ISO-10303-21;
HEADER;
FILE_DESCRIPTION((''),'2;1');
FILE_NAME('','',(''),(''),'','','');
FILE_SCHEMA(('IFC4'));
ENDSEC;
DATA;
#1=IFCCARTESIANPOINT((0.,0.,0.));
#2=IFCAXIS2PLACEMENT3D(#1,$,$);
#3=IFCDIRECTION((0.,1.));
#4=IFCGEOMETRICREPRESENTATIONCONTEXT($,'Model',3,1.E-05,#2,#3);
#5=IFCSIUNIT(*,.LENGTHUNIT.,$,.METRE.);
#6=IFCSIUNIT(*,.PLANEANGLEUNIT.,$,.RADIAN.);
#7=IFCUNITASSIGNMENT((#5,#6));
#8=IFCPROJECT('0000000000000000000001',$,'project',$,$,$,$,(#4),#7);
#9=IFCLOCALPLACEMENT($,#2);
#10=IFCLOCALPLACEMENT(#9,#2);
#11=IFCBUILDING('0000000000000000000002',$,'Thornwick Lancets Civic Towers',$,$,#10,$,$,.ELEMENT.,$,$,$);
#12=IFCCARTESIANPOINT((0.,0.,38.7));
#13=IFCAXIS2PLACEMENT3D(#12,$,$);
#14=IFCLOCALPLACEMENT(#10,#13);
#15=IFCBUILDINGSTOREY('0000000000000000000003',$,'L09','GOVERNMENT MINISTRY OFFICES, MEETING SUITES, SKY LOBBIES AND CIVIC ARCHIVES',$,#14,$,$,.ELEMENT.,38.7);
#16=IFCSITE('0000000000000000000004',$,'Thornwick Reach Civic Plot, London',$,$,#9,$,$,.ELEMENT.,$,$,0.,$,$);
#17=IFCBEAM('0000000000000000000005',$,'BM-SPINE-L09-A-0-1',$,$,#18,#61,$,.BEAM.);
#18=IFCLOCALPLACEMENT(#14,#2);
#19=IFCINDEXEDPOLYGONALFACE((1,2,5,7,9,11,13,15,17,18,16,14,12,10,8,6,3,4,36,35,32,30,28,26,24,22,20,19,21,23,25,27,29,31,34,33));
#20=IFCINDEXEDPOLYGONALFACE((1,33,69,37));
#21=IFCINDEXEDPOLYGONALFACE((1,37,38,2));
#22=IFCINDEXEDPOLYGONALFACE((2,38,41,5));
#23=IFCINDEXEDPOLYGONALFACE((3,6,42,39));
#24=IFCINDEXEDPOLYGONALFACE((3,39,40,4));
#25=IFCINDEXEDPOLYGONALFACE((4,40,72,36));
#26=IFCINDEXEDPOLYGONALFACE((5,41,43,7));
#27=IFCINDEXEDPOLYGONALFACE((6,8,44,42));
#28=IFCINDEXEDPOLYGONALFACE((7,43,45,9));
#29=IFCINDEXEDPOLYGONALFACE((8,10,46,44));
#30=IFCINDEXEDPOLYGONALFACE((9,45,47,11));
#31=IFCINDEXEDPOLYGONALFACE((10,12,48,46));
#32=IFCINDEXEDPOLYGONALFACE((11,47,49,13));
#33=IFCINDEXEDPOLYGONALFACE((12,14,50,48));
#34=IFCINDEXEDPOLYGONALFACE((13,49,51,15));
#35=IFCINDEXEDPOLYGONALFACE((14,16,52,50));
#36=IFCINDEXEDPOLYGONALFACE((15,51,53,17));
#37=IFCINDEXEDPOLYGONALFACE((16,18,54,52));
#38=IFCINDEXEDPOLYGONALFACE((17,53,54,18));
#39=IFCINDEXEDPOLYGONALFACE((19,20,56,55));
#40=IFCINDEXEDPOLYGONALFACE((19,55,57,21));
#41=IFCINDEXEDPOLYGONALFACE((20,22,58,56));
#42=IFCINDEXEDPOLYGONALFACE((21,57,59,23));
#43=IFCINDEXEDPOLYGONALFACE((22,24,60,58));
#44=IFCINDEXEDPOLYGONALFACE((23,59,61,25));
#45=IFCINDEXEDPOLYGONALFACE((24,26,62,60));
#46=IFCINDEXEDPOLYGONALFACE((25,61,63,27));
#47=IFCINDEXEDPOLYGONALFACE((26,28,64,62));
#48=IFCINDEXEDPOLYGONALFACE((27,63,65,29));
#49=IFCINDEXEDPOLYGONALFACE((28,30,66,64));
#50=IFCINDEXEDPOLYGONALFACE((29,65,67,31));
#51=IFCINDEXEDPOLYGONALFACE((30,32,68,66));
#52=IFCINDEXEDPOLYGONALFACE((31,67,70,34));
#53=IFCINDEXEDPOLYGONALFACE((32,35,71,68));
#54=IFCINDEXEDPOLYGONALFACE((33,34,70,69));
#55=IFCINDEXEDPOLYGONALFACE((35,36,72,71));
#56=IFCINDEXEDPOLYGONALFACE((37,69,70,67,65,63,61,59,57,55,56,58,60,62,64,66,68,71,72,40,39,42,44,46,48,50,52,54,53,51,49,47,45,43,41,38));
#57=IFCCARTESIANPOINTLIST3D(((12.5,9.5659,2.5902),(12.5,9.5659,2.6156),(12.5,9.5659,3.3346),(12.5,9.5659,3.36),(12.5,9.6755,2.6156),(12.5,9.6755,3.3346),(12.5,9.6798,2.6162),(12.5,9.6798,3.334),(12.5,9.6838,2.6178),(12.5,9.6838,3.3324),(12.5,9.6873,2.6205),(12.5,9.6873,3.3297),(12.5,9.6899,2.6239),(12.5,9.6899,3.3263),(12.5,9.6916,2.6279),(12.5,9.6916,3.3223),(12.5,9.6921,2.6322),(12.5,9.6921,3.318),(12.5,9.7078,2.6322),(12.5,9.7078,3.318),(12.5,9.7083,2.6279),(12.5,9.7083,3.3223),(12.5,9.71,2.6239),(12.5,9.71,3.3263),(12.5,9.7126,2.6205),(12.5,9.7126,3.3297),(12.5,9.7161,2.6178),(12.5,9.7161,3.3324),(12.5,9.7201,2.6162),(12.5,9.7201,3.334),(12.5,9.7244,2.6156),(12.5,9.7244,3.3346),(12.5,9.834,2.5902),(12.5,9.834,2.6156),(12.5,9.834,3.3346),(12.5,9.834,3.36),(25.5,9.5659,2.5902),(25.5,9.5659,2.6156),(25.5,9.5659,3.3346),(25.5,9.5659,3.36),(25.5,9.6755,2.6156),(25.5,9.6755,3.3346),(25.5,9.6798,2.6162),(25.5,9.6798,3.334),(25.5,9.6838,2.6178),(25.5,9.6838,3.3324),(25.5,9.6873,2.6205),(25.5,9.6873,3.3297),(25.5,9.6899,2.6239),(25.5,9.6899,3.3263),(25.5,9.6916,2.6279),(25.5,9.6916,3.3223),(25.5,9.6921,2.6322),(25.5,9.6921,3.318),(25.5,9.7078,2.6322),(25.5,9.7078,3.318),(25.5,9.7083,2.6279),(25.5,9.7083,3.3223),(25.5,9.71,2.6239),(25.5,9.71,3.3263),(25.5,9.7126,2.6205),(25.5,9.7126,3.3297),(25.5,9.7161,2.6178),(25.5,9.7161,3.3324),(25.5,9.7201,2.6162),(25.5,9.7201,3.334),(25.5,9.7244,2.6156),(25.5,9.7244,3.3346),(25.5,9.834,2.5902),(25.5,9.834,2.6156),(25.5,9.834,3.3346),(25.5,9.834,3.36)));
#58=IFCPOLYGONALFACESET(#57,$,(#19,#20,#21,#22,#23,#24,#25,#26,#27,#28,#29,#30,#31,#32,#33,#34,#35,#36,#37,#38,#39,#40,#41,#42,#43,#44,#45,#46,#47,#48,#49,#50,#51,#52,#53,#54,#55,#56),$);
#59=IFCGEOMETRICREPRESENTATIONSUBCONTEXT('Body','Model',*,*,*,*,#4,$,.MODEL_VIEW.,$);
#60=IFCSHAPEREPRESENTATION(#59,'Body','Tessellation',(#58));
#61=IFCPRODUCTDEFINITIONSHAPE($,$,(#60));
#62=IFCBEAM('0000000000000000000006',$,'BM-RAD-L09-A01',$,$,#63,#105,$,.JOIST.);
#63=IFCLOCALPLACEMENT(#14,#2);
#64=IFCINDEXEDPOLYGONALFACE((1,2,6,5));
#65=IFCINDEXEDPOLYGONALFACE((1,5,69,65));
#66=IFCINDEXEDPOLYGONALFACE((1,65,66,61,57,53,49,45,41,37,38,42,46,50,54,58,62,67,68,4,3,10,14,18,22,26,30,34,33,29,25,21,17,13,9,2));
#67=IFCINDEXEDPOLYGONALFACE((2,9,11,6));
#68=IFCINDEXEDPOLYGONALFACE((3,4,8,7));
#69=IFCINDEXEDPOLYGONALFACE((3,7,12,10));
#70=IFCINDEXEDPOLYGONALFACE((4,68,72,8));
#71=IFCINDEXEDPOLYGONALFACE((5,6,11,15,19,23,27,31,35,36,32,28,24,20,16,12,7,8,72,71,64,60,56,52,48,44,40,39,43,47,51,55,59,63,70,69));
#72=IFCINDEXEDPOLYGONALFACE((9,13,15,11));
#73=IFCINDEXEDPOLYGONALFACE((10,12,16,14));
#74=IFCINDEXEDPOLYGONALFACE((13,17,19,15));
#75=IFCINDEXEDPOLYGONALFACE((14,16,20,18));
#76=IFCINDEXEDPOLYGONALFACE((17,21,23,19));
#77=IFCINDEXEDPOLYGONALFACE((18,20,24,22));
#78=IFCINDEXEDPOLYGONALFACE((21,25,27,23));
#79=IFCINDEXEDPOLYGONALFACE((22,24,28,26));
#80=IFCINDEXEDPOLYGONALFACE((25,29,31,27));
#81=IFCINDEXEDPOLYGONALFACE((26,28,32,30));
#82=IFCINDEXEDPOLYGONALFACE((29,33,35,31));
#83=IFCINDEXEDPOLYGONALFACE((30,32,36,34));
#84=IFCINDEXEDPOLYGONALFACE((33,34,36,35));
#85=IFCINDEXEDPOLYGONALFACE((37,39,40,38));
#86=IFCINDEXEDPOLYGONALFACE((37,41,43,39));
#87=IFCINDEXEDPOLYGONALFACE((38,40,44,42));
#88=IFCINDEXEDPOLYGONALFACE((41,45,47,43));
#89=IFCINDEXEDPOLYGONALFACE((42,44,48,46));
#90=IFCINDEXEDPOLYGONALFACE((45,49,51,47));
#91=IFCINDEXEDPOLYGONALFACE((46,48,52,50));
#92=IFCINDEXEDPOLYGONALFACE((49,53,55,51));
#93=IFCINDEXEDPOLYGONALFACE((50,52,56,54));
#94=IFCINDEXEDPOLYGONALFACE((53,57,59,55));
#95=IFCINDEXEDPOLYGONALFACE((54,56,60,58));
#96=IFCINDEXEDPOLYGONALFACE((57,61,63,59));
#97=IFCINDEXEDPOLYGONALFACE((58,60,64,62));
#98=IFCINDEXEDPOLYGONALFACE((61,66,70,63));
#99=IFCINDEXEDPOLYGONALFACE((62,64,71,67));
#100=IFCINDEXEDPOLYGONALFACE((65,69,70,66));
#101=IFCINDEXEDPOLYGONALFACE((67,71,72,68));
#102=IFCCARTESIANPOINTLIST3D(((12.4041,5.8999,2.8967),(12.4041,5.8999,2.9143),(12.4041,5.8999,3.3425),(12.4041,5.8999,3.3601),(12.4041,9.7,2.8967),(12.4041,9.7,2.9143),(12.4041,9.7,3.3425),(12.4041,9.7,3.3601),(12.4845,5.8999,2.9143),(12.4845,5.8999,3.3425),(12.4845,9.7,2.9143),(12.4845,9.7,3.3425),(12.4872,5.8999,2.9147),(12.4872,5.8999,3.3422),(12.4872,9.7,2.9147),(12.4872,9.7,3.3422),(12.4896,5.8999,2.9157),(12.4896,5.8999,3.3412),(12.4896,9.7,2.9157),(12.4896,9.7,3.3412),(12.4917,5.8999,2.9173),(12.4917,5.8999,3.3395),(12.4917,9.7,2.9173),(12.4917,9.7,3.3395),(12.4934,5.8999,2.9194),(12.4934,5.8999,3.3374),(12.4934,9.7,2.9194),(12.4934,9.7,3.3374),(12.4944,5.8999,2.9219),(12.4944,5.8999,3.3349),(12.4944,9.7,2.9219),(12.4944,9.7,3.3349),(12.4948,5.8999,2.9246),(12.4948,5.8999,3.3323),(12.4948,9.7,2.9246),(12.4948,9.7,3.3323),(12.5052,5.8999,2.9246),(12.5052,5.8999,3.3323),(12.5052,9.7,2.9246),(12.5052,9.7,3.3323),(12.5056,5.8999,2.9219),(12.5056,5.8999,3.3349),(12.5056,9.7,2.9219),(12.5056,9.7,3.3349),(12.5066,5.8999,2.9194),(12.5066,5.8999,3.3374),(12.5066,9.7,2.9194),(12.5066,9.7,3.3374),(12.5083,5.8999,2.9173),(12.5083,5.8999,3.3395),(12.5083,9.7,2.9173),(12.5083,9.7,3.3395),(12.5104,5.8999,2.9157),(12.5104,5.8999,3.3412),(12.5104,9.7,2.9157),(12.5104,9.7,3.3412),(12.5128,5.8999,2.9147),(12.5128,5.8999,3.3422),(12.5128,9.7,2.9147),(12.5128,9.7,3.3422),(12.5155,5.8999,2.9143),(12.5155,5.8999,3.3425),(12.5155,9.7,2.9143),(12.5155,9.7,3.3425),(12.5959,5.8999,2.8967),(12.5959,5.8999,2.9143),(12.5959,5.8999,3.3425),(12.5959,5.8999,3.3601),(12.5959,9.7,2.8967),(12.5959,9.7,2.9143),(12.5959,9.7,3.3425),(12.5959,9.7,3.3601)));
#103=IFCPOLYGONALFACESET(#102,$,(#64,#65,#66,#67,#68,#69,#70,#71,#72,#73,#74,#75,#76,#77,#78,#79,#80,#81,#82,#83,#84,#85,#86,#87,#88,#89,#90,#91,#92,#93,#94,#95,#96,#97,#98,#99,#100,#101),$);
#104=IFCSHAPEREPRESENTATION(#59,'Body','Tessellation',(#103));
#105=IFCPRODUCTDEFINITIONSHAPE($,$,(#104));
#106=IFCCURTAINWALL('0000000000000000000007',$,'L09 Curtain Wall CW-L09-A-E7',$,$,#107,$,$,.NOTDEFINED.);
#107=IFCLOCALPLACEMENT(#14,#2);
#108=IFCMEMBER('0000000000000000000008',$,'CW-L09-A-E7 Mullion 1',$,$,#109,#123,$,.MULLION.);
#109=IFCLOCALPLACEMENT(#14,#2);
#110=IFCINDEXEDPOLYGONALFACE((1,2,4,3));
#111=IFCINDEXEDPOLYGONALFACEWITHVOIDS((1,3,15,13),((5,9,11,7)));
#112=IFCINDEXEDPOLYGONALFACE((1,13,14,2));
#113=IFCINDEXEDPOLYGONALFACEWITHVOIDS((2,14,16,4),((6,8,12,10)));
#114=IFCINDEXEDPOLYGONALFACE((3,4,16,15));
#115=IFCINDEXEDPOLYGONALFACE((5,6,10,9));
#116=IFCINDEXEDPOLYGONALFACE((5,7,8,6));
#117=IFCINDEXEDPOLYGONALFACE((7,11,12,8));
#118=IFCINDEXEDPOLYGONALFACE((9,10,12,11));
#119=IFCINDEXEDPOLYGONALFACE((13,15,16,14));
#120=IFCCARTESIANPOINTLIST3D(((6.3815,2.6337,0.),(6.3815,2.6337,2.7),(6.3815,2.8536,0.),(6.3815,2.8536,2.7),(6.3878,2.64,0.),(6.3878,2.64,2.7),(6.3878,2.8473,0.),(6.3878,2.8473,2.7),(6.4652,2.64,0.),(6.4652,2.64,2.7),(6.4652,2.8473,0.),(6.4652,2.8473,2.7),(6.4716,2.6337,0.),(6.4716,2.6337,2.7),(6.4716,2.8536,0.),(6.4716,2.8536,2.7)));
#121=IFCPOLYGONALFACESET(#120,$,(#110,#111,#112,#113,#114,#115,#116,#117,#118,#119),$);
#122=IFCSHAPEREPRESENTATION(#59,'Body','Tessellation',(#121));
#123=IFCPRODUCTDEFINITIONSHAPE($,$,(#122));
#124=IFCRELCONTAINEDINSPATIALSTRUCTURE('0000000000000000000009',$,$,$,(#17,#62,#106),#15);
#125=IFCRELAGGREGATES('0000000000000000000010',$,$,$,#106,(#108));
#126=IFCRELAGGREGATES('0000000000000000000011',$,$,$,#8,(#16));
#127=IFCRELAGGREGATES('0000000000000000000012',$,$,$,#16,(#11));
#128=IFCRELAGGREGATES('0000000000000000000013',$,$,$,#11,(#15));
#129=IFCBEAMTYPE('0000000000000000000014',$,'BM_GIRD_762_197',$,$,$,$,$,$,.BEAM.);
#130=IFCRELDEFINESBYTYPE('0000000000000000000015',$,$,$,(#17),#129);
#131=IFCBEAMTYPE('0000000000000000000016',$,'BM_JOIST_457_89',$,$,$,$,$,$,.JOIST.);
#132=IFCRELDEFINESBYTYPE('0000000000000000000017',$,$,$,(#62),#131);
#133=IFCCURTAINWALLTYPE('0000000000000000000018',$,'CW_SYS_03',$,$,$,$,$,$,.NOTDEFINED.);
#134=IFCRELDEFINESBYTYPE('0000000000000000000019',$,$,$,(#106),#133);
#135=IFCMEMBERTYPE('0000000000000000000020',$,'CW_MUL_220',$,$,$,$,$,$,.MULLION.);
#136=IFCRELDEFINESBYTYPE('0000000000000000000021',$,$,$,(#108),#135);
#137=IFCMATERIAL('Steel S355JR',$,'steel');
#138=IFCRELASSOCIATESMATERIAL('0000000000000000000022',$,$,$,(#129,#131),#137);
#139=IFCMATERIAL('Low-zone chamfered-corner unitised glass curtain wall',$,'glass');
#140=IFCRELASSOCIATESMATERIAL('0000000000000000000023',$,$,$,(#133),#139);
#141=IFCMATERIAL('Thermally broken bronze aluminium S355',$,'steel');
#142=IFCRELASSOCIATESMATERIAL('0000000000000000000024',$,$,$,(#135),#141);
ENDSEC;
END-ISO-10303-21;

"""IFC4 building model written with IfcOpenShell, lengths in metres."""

from ifc_helpers import new_model, si_unit, direction, frame, origin, origin_2d, place, context, subcontext, project, spatial, hollow_rectangle, i_section, extrude, material, material_profile, profile_set, type_object, element, aggregate, save


model = new_model("IFC4")

# Units and contexts
model_context = context("Model", 3, precision=1e-05, world=origin(), true_north=direction((0.0, 1.0)))
body_context = subcontext(model_context, "Body", "Model", "MODEL_VIEW")
ifc_project = project(units=[si_unit("LENGTHUNIT", "METRE"), si_unit("PLANEANGLEUNIT", "RADIAN")], contexts=[model_context])

# Site, building, storey
site_placement = place(None, origin())
site = spatial("IfcSite", under=ifc_project, at=site_placement, Name="Thornwick Reach Civic Plot, London", CompositionType="ELEMENT", RefElevation=0.0)
building_placement = place(site_placement, origin())
building = spatial("IfcBuilding", under=site, at=building_placement, Name="Thornwick Lancets Civic Towers", CompositionType="ELEMENT")
storey_placement = place(building_placement, frame((0.0, 0.0, 38.7)))
storey = spatial("IfcBuildingStorey", under=building, at=storey_placement, Name="L09", Description="GOVERNMENT MINISTRY OFFICES, MEETING SUITES, SKY LOBBIES AND CIVIC ARCHIVES", CompositionType="ELEMENT", Elevation=38.7)

# Beams
ifc_material_1 = material(Name="Steel S355JR", Category="steel")
ifc_material_profile_1 = material_profile(ifc_material_1, i_section(OverallWidth=0.2681, OverallDepth=0.7698, WebThickness=0.0156, FlangeThickness=0.0254, FilletRadius=0.0166, at=origin_2d()), Name="UKB 762x267x197")
ifc_profile_set_1 = profile_set([ifc_material_profile_1], Name="Steel S355JR")
beam_type_1 = type_object("IfcBeamType", Name="BM_GIRD_762_197", PredefinedType="BEAM", material=ifc_profile_set_1)
beam_1_placement = place(storey_placement, frame((12.5, 9.7, 2.9751), z_axis=(1.0, 0.0, 0.0), x_axis=(0.0, 1.0, 0.0)))
element("IfcBeam", 1, at=beam_1_placement, inside=storey, type_object=beam_type_1, Name="BM-SPINE-L09-A-0-1", PredefinedType="BEAM", context=body_context, shape_type="SweptSolid", body=[
    extrude(i_section(OverallWidth=0.2681, OverallDepth=0.7698, WebThickness=0.0156, FlangeThickness=0.0254, FilletRadius=0.0166, at=origin_2d()), origin(), (0.0, 0.0, 1.0), 13.0),
])
ifc_material_profile_2 = material_profile(ifc_material_1, i_section(OverallWidth=0.1919, OverallDepth=0.4634, WebThickness=0.0105, FlangeThickness=0.0176, FilletRadius=0.0103, at=origin_2d()), Name="UKB 457x191x89")
ifc_profile_set_2 = profile_set([ifc_material_profile_2], Name="Steel S355JR")
beam_type_2 = type_object("IfcBeamType", Name="BM_JOIST_457_89", PredefinedType="JOIST", material=ifc_profile_set_2)
beam_2_placement = place(storey_placement, frame((12.5, 9.7, 3.1284), z_axis=(0.0, -1.0, 0.0), x_axis=(1.0, 0.0, 0.0)))
element("IfcBeam", 2, at=beam_2_placement, inside=storey, type_object=beam_type_2, Name="BM-RAD-L09-A01", PredefinedType="JOIST", context=body_context, shape_type="SweptSolid", body=[
    extrude(i_section(OverallWidth=0.1919, OverallDepth=0.4634, WebThickness=0.0105, FlangeThickness=0.0176, FilletRadius=0.0103, at=origin_2d()), origin(), (0.0, 0.0, 1.0), 3.8),
])

# Curtain wall, member
ifc_material_2 = material(Name="Low-zone chamfered-corner unitised glass curtain wall", Category="glass")
curtain_wall_type = type_object("IfcCurtainWallType", Name="CW_SYS_03", PredefinedType="NOTDEFINED", material=ifc_material_2)
curtain_wall_placement = place(storey_placement, origin())
curtain_wall = element("IfcCurtainWall", 3, at=curtain_wall_placement, inside=storey, type_object=curtain_wall_type, Name="L09 Curtain Wall CW-L09-A-E7", PredefinedType="NOTDEFINED")
ifc_material_3 = material(Name="Thermally broken bronze aluminium S355", Category="steel")
ifc_material_profile_3 = material_profile(ifc_material_3, hollow_rectangle(XDim=0.0901, YDim=0.22, WallThickness=0.0063, at=origin_2d()), Name="RHS 220x90x6.3")
ifc_profile_set_3 = profile_set([ifc_material_profile_3], Name="Thermally broken bronze aluminium S355")
member_type = type_object("IfcMemberType", Name="CW_MUL_220", PredefinedType="MULLION", material=ifc_profile_set_3)
member_placement = place(storey_placement, frame((6.4265, 2.7437, 0.0), z_axis=(0.0, 0.0, 1.0), x_axis=(1.0, 0.0, 0.0)))
member = element("IfcMember", 4, at=member_placement, type_object=member_type, Name="CW-L09-A-E7 Mullion 1", PredefinedType="MULLION", context=body_context, shape_type="SweptSolid", body=[
    extrude(hollow_rectangle(XDim=0.0901, YDim=0.22, WallThickness=0.0063, at=origin_2d()), origin(), (0.0, 0.0, 1.0), 2.7),
])
aggregate(curtain_wall, [member])

save(model, "model.ifc")
